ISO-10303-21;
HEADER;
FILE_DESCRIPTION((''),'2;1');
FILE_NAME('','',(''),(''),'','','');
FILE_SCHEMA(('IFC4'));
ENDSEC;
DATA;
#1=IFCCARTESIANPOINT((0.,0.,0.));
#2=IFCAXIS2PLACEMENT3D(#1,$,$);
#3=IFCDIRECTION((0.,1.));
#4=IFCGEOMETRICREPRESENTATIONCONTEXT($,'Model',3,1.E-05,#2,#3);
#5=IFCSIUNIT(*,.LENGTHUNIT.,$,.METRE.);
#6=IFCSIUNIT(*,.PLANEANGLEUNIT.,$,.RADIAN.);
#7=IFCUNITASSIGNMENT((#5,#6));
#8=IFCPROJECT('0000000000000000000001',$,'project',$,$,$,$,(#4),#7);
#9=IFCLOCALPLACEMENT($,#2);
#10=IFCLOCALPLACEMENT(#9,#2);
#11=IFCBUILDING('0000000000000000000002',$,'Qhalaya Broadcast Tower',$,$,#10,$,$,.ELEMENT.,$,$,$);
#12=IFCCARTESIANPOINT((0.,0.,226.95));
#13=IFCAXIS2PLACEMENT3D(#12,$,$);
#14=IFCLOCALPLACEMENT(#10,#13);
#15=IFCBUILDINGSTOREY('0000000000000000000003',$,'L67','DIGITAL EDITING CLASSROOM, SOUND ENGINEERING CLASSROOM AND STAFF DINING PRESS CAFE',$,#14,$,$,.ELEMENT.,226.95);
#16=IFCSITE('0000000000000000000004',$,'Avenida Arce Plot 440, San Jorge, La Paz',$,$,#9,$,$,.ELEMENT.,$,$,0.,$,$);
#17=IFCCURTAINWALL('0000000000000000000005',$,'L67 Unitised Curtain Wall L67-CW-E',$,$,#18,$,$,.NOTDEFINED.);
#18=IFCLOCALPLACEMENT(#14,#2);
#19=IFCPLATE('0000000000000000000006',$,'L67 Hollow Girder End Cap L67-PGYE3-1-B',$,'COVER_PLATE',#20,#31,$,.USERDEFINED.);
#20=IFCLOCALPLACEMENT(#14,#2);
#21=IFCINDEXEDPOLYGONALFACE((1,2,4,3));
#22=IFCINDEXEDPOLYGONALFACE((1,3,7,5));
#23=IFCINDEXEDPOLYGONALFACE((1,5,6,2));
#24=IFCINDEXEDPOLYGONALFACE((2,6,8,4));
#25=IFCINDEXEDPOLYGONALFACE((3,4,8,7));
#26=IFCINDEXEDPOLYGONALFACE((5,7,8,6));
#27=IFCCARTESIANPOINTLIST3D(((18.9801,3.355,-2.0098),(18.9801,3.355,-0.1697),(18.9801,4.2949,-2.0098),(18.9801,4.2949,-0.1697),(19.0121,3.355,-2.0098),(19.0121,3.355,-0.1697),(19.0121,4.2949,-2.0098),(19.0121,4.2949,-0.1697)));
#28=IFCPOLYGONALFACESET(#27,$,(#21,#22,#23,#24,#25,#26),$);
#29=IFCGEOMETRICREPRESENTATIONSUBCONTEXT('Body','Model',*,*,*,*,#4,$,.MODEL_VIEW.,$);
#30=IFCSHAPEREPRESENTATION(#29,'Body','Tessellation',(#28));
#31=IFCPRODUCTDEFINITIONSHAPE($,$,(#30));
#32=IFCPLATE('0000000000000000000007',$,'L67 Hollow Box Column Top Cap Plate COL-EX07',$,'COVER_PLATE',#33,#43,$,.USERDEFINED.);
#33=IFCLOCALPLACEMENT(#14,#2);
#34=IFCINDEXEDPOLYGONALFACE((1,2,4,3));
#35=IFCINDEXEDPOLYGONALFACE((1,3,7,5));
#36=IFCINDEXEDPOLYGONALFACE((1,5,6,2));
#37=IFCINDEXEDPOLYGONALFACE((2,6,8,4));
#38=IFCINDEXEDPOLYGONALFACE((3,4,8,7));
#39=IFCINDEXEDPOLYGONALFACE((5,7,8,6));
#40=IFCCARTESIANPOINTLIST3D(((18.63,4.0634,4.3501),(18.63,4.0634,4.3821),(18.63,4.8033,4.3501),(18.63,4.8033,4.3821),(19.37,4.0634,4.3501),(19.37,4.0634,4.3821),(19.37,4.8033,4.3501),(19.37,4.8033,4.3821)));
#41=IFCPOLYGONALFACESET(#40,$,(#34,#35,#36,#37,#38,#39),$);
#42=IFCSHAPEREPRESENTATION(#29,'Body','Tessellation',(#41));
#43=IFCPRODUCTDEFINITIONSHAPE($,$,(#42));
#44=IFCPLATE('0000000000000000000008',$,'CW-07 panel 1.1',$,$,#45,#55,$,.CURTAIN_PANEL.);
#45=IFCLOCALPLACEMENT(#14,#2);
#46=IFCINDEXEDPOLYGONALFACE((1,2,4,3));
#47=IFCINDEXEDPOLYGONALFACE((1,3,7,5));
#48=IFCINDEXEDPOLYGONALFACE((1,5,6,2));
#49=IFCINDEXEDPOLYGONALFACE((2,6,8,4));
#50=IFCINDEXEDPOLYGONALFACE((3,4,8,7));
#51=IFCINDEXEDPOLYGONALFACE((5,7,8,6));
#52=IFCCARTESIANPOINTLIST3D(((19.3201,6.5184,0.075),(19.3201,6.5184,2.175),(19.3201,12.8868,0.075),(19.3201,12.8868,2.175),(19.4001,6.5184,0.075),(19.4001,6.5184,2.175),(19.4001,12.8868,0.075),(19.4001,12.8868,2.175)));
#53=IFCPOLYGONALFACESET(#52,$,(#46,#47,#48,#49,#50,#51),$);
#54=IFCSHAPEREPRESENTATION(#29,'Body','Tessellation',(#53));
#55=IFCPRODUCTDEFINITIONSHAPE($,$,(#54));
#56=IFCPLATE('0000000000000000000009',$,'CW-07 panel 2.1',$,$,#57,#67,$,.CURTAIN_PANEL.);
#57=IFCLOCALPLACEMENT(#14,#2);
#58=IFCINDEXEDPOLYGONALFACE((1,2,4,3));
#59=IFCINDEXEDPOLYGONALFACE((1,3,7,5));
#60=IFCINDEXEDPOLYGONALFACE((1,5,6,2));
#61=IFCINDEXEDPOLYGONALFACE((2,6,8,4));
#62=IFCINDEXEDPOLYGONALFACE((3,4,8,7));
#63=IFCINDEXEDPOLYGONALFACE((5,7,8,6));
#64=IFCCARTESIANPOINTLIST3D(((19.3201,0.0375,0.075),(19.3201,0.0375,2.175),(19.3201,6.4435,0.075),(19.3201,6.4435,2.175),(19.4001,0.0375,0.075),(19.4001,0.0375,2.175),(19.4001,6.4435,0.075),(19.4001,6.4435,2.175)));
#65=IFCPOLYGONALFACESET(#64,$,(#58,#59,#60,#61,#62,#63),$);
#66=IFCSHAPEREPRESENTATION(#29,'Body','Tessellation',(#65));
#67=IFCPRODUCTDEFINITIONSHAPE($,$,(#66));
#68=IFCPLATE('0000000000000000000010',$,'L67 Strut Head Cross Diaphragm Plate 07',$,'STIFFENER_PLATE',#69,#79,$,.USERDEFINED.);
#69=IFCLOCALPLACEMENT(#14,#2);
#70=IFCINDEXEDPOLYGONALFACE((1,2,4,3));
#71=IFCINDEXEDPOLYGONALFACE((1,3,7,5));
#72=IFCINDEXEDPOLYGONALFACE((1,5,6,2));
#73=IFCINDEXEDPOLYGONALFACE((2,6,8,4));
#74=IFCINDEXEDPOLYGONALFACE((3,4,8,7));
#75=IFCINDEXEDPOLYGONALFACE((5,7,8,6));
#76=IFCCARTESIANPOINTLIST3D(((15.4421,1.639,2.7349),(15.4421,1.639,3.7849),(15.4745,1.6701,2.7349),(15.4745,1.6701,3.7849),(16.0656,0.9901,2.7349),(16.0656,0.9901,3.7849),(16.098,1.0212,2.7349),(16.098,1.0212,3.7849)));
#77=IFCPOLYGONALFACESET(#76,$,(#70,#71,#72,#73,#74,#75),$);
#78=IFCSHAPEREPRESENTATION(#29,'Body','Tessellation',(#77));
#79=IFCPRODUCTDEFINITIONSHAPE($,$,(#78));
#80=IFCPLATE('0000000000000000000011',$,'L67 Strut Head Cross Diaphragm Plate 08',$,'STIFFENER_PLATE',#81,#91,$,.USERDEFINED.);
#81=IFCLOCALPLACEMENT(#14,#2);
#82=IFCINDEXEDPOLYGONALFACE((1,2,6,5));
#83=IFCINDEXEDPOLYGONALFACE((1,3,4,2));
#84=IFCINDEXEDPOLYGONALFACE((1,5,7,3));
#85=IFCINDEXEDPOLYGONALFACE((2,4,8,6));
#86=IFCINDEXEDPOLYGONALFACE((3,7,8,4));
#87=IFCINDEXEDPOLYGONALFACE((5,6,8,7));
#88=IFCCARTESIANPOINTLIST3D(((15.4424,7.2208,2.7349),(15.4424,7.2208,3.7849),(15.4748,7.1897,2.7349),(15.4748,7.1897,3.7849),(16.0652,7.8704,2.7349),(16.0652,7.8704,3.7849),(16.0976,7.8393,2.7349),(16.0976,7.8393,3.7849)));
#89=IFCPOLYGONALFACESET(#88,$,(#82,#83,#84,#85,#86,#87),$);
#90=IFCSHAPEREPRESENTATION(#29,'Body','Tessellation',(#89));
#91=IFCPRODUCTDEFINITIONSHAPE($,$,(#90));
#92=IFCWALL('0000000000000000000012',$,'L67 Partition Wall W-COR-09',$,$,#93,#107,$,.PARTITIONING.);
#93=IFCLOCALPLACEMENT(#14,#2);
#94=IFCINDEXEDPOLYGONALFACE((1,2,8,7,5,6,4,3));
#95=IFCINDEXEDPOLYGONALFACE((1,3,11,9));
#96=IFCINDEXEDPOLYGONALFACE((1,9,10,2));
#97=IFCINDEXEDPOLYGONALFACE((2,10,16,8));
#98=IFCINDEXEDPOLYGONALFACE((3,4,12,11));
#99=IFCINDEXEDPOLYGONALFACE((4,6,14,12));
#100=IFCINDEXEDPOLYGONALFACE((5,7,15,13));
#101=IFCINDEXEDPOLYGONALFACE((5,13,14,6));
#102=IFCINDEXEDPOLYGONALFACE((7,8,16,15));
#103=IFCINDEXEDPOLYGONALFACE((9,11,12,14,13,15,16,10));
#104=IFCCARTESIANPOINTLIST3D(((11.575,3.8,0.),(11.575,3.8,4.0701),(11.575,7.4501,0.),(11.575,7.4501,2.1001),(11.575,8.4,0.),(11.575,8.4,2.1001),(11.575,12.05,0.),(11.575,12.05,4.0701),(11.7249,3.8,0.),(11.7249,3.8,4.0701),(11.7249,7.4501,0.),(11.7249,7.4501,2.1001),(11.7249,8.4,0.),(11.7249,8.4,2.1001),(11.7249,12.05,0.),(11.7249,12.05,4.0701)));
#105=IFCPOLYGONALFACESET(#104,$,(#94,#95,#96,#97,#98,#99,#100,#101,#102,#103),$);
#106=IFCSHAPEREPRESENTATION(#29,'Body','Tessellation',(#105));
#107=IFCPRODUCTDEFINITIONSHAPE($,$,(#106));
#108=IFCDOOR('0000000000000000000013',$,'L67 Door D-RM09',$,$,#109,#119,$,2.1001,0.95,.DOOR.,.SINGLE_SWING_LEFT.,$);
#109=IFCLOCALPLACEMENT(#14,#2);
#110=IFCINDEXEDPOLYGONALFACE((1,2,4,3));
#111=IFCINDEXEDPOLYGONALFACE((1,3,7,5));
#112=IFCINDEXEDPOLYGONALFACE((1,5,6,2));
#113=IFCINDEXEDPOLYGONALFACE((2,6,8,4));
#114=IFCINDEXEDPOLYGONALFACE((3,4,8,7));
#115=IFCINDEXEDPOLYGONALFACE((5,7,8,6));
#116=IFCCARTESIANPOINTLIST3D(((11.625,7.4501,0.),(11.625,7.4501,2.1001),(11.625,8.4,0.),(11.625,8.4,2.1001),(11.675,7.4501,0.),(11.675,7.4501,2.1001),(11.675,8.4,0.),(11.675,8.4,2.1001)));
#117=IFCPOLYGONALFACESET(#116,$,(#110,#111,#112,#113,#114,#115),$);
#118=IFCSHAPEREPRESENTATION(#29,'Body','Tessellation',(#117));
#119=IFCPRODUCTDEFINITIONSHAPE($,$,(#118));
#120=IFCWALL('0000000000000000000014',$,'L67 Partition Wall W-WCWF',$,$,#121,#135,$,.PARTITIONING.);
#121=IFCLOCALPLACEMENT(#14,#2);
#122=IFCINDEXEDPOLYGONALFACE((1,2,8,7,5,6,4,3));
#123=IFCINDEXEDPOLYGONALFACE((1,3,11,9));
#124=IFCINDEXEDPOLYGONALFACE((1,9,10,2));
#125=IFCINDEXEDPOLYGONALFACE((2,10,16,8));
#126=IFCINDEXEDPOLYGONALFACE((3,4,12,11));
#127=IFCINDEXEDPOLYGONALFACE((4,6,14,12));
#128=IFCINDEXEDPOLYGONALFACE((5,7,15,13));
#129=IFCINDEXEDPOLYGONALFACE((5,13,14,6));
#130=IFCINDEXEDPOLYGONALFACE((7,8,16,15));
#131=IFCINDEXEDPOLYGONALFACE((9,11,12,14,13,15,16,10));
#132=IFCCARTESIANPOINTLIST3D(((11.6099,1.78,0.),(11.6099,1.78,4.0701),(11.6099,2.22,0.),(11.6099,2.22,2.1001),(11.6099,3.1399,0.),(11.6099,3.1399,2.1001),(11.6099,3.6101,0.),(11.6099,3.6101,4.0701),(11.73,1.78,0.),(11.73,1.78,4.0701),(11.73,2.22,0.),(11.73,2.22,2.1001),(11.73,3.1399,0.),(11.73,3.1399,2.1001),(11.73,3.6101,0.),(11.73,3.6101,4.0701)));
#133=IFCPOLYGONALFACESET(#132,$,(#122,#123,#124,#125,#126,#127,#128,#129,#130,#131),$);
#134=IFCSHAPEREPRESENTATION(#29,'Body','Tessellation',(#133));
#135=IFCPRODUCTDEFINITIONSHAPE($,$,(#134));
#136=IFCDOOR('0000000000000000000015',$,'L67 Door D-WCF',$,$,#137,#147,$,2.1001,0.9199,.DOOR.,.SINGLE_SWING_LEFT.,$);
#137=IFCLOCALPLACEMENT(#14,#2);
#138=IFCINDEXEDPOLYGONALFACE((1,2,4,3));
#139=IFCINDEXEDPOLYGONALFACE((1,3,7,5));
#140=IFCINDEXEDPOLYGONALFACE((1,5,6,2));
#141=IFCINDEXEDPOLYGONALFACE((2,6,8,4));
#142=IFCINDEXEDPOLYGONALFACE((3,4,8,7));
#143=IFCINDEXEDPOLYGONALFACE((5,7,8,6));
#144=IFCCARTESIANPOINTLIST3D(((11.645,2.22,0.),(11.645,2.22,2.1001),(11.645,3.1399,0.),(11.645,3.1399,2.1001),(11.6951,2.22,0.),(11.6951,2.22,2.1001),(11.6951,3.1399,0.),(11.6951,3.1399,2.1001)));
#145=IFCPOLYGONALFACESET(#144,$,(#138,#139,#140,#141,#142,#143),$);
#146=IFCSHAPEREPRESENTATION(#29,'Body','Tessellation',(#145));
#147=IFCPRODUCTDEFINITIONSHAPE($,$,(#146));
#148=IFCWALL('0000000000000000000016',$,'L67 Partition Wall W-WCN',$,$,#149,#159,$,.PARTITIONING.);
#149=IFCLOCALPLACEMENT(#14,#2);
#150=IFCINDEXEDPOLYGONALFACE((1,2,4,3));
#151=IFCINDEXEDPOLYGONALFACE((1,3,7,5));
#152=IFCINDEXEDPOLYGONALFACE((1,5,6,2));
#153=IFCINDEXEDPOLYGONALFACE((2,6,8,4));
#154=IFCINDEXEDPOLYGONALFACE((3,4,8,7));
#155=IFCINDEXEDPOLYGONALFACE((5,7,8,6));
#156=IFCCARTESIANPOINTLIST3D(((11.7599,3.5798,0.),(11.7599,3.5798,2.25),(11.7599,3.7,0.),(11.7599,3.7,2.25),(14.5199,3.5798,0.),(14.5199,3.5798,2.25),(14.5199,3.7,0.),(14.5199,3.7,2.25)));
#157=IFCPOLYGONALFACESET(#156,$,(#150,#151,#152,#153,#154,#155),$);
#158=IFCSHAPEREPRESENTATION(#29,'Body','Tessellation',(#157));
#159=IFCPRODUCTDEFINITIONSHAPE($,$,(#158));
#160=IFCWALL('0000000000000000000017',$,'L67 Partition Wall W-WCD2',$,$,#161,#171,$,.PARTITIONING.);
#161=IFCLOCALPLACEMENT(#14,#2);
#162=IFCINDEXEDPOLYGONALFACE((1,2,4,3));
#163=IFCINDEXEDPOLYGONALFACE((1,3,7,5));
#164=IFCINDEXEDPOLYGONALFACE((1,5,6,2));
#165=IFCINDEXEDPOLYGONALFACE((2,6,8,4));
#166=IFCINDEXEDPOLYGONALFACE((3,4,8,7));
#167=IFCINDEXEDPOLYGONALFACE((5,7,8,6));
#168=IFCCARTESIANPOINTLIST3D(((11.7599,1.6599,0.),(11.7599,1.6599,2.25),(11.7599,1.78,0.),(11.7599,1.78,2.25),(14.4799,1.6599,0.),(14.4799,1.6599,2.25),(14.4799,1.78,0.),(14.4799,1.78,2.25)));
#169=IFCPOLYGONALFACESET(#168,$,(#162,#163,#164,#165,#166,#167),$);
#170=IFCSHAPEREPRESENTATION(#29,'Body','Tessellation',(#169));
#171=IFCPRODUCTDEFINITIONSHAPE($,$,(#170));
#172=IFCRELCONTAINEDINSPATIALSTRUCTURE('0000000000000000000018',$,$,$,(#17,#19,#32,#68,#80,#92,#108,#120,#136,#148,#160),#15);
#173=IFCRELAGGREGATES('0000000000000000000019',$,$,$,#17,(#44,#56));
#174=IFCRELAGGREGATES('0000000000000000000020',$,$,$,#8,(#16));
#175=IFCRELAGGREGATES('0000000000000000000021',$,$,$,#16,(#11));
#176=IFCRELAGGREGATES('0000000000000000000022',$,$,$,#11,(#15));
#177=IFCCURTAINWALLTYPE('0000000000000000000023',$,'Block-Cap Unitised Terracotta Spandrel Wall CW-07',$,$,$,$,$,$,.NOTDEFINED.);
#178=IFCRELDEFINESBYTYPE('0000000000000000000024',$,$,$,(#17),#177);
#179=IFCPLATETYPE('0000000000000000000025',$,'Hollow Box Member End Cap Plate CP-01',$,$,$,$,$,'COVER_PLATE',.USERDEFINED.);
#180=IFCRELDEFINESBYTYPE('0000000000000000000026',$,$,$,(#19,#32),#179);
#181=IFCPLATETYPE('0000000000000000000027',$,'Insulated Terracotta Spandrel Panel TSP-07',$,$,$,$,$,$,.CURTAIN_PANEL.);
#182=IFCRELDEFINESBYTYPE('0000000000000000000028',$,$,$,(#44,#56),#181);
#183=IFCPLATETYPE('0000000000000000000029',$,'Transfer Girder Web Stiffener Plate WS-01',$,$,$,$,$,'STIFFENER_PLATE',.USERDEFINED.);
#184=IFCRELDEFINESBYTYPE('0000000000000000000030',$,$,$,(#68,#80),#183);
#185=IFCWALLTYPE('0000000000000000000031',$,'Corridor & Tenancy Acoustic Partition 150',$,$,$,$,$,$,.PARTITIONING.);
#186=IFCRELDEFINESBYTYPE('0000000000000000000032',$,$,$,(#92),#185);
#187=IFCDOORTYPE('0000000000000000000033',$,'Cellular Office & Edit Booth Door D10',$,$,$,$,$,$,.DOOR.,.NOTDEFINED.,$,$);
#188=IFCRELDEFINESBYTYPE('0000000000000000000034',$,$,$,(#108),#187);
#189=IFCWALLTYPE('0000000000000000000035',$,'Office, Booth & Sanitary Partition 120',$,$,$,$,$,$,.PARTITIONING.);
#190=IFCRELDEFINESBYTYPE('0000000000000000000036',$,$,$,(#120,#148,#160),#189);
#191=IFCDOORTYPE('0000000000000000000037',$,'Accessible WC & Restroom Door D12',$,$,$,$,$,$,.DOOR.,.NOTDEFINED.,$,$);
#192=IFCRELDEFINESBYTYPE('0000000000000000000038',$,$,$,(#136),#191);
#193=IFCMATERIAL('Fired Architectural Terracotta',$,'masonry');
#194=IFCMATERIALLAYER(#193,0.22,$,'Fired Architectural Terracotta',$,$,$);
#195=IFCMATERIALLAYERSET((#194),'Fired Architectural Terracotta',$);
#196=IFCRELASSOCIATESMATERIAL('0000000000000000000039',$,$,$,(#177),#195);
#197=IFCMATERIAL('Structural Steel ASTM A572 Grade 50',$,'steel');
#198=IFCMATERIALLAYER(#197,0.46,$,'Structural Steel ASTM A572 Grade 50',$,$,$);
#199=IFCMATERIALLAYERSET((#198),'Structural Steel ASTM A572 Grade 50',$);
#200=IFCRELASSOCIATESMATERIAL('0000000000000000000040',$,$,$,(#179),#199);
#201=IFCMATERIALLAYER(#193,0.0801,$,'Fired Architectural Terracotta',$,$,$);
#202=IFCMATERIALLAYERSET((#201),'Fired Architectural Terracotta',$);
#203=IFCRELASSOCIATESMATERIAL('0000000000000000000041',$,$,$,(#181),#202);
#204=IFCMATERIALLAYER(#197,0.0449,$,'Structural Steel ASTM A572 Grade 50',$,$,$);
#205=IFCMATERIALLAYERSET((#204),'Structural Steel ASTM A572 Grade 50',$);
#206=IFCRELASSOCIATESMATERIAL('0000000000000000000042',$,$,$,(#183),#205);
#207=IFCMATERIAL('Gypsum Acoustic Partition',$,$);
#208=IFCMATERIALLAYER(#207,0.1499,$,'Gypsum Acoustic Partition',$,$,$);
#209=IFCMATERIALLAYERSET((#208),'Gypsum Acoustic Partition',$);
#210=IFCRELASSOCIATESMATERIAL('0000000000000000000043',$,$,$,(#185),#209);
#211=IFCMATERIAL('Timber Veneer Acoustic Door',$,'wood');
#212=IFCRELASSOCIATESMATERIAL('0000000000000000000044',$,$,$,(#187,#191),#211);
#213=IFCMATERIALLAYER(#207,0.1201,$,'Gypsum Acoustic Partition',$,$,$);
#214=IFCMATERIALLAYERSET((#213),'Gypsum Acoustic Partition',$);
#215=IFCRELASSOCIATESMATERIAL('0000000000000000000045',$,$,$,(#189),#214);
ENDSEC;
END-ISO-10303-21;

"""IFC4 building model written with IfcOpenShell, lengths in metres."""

from ifc_helpers import new_model, si_unit, direction, frame, frame_2d, origin, origin_2d, place, context, subcontext, project, spatial, rectangle, extrude, material, layer, layer_set, type_object, element, fill, aggregate, save


model = new_model("IFC4")

# Units and contexts
model_context = context("Model", 3, precision=1e-05, world=origin(), true_north=direction((0.0, 1.0)))
body_context = subcontext(model_context, "Body", "Model", "MODEL_VIEW")
ifc_project = project(units=[si_unit("LENGTHUNIT", "METRE"), si_unit("PLANEANGLEUNIT", "RADIAN")], contexts=[model_context])

# Site, building, storey
site_placement = place(None, origin())
site = spatial("IfcSite", under=ifc_project, at=site_placement, Name="Avenida Arce Plot 440, San Jorge, La Paz", CompositionType="ELEMENT", RefElevation=0.0)
building_placement = place(site_placement, origin())
building = spatial("IfcBuilding", under=site, at=building_placement, Name="Qhalaya Broadcast Tower", CompositionType="ELEMENT")
storey_placement = place(building_placement, frame((0.0, 0.0, 226.95)))
storey = spatial("IfcBuildingStorey", under=building, at=storey_placement, Name="L67", Description="DIGITAL EDITING CLASSROOM, SOUND ENGINEERING CLASSROOM AND STAFF DINING PRESS CAFE", CompositionType="ELEMENT", Elevation=226.95)

# Shared definitions
ifc_material_1 = material(Name="Structural Steel ASTM A572 Grade 50", Category="steel")

# Curtain wall
ifc_material_2 = material(Name="Fired Architectural Terracotta", Category="masonry")
ifc_layer_1 = layer(ifc_material_2, 0.22, Name="Fired Architectural Terracotta")
ifc_layer_set_1 = layer_set([ifc_layer_1], Name="Fired Architectural Terracotta")
curtain_wall_type = type_object("IfcCurtainWallType", Name="Block-Cap Unitised Terracotta Spandrel Wall CW-07", PredefinedType="NOTDEFINED", material=ifc_layer_set_1)
curtain_wall_placement = place(storey_placement, origin())
curtain_wall = element("IfcCurtainWall", 1, at=curtain_wall_placement, inside=storey, type_object=curtain_wall_type, Name="L67 Unitised Curtain Wall L67-CW-E", PredefinedType="NOTDEFINED")

# Plates
ifc_layer_2 = layer(ifc_material_1, 0.46, Name="Structural Steel ASTM A572 Grade 50")
ifc_layer_set_2 = layer_set([ifc_layer_2], Name="Structural Steel ASTM A572 Grade 50")
plate_type_1 = type_object("IfcPlateType", Name="Hollow Box Member End Cap Plate CP-01", ElementType="COVER_PLATE", PredefinedType="USERDEFINED", material=ifc_layer_set_2)
for number, where, z_axis, x_axis, name in (
    (2, (18.9961, 3.825, -2.0098), (0.0, 0.0, 1.0), (0.0, 1.0, 0.0), "L67 Hollow Girder End Cap L67-PGYE3-1-B"),
):
    element("IfcPlate", number, at=place(storey_placement, frame(where, z_axis=z_axis, x_axis=x_axis)), inside=storey, type_object=plate_type_1, Name=name, ObjectType="COVER_PLATE", PredefinedType="USERDEFINED", context=body_context, shape_type="SweptSolid", body=[
        extrude(rectangle(XDim=0.9399, YDim=0.032, at=origin_2d()), origin(), (0.0, 0.0, 1.0), 1.8401),
    ])
plate_1_placement = place(storey_placement, frame((19.0, 4.4333, 4.3501), z_axis=(0.0, 0.0, 1.0), x_axis=(0.0, 1.0, 0.0)))
element("IfcPlate", 3, at=plate_1_placement, inside=storey, type_object=plate_type_1, Name="L67 Hollow Box Column Top Cap Plate COL-EX07", ObjectType="COVER_PLATE", PredefinedType="USERDEFINED", context=body_context, shape_type="SweptSolid", body=[
    extrude(rectangle(XDim=0.74, YDim=0.74, at=origin_2d()), origin(), (0.0, 0.0, 1.0), 0.032),
])

# Plates
ifc_layer_3 = layer(ifc_material_2, 0.0801, Name="Fired Architectural Terracotta")
ifc_layer_set_3 = layer_set([ifc_layer_3], Name="Fired Architectural Terracotta")
plate_type_2 = type_object("IfcPlateType", Name="Insulated Terracotta Spandrel Panel TSP-07", PredefinedType="CURTAIN_PANEL", material=ifc_layer_set_3)
plate_2_placement = place(storey_placement, frame((19.3601, 9.7026, 0.075), z_axis=(0.0, 0.0, 1.0), x_axis=(0.0, -1.0, 0.0)))
plate_2 = element("IfcPlate", 4, at=plate_2_placement, type_object=plate_type_2, Name="CW-07 panel 1.1", PredefinedType="CURTAIN_PANEL", context=body_context, shape_type="SweptSolid", body=[
    extrude(rectangle(XDim=6.3684, YDim=0.0801, at=origin_2d()), origin(), (0.0, 0.0, 1.0), 2.1001),
])
plate_3_placement = place(storey_placement, frame((19.3601, 3.2405, 0.075), z_axis=(0.0, 0.0, 1.0), x_axis=(0.0, -1.0, 0.0)))
plate_3 = element("IfcPlate", 5, at=plate_3_placement, type_object=plate_type_2, Name="CW-07 panel 2.1", PredefinedType="CURTAIN_PANEL", context=body_context, shape_type="SweptSolid", body=[
    extrude(rectangle(XDim=6.406, YDim=0.0801, at=origin_2d()), origin(), (0.0, 0.0, 1.0), 2.1001),
])
aggregate(curtain_wall, [plate_2, plate_3])

# Plates
ifc_layer_4 = layer(ifc_material_1, 0.0449, Name="Structural Steel ASTM A572 Grade 50")
ifc_layer_set_4 = layer_set([ifc_layer_4], Name="Structural Steel ASTM A572 Grade 50")
plate_type_3 = type_object("IfcPlateType", Name="Transfer Girder Web Stiffener Plate WS-01", ElementType="STIFFENER_PLATE", PredefinedType="USERDEFINED", material=ifc_layer_set_4)
for number, where, z_axis, x_axis, name in (
    (6, (15.77, 1.3301, 2.7349), (0.0, 0.0, 1.0), (0.692823, -0.721108, 0.0), "L67 Strut Head Cross Diaphragm Plate 07"),
    (7, (15.77, 7.53, 2.7349), (0.0, 0.0, 1.0), (-0.692055, -0.721845, 0.0), "L67 Strut Head Cross Diaphragm Plate 08"),
):
    element("IfcPlate", number, at=place(storey_placement, frame(where, z_axis=z_axis, x_axis=x_axis)), inside=storey, type_object=plate_type_3, Name=name, ObjectType="STIFFENER_PLATE", PredefinedType="USERDEFINED", context=body_context, shape_type="SweptSolid", body=[
        extrude(rectangle(XDim=0.8999, YDim=0.0449, at=origin_2d()), origin(), (0.0, 0.0, 1.0), 1.05),
    ])

# Walls, openings, doors
ifc_material_3 = material(Name="Gypsum Acoustic Partition")
ifc_layer_5 = layer(ifc_material_3, 0.1499, Name="Gypsum Acoustic Partition")
ifc_layer_set_5 = layer_set([ifc_layer_5], Name="Gypsum Acoustic Partition")
wall_type_1 = type_object("IfcWallType", Name="Corridor & Tenancy Acoustic Partition 150", PredefinedType="PARTITIONING", material=ifc_layer_set_5)
wall_1_placement = place(storey_placement, frame((11.6499, 3.8, 0.0), z_axis=(0.0, 0.0, 1.0), x_axis=(0.0, 1.0, 0.0)))
wall_1 = element("IfcWall", 8, at=wall_1_placement, inside=storey, type_object=wall_type_1, Name="L67 Partition Wall W-COR-09", PredefinedType="PARTITIONING", context=body_context, shape_type="SweptSolid", body=[
    extrude(rectangle(XDim=8.25, YDim=0.1499, at=frame_2d((4.125, 0.0))), origin(), (0.0, 0.0, 1.0), 4.0701),
])
opening_1_placement = place(wall_1_placement, frame((3.6499, 0.0, 0.0)))
opening_1 = element("IfcOpeningElement", 9, at=opening_1_placement, cuts=wall_1, PredefinedType="OPENING", context=body_context, shape_type="SweptSolid", body=[
    extrude(rectangle(XDim=0.95, YDim=2.1001, at=frame_2d((0.4751, 1.05))), frame((0.0, 0.0869, 0.0), z_axis=(0.0, -1.0, 0.0), x_axis=(1.0, 0.0, 0.0)), (0.0, 0.0, 1.0), 0.1738),
])
ifc_material_4 = material(Name="Timber Veneer Acoustic Door", Category="wood")
door_type_1 = type_object("IfcDoorType", Name="Cellular Office & Edit Booth Door D10", OperationType="NOTDEFINED", PredefinedType="DOOR", material=ifc_material_4)
door_1_placement = place(opening_1_placement, origin())
door_1 = element("IfcDoor", 10, at=door_1_placement, inside=storey, type_object=door_type_1, Name="L67 Door D-RM09", OperationType="SINGLE_SWING_LEFT", OverallHeight=2.1001, OverallWidth=0.95, PredefinedType="DOOR", context=body_context, shape_type="SweptSolid", body=[
    extrude(rectangle(XDim=0.95, YDim=2.1001, at=frame_2d((0.4751, 1.05))), frame((0.0, 0.0249, 0.0), z_axis=(0.0, -1.0, 0.0), x_axis=(1.0, 0.0, 0.0)), (0.0, 0.0, 1.0), 0.05),
])
fill(opening_1, door_1)
ifc_layer_6 = layer(ifc_material_3, 0.1201, Name="Gypsum Acoustic Partition")
ifc_layer_set_6 = layer_set([ifc_layer_6], Name="Gypsum Acoustic Partition")
wall_type_2 = type_object("IfcWallType", Name="Office, Booth & Sanitary Partition 120", PredefinedType="PARTITIONING", material=ifc_layer_set_6)
wall_2_placement = place(storey_placement, frame((11.6699, 1.78, 0.0), z_axis=(0.0, 0.0, 1.0), x_axis=(0.0, 1.0, 0.0)))
wall_2 = element("IfcWall", 11, at=wall_2_placement, inside=storey, type_object=wall_type_2, Name="L67 Partition Wall W-WCWF", PredefinedType="PARTITIONING", context=body_context, shape_type="SweptSolid", body=[
    extrude(rectangle(XDim=1.8301, YDim=0.1201, at=frame_2d((0.915, 0.0))), origin(), (0.0, 0.0, 1.0), 4.0701),
])
opening_2_placement = place(wall_2_placement, frame((0.4399, 0.0, 0.0)))
opening_2 = element("IfcOpeningElement", 12, at=opening_2_placement, cuts=wall_2, PredefinedType="OPENING", context=body_context, shape_type="SweptSolid", body=[
    extrude(rectangle(XDim=0.9199, YDim=2.1001, at=frame_2d((0.46, 1.05))), frame((0.0, 0.072, 0.0), z_axis=(0.0, -1.0, 0.0), x_axis=(1.0, 0.0, 0.0)), (0.0, 0.0, 1.0), 0.144),
])
door_type_2 = type_object("IfcDoorType", Name="Accessible WC & Restroom Door D12", OperationType="NOTDEFINED", PredefinedType="DOOR", material=ifc_material_4)
door_2_placement = place(opening_2_placement, origin())
door_2 = element("IfcDoor", 13, at=door_2_placement, inside=storey, type_object=door_type_2, Name="L67 Door D-WCF", OperationType="SINGLE_SWING_LEFT", OverallHeight=2.1001, OverallWidth=0.9199, PredefinedType="DOOR", context=body_context, shape_type="SweptSolid", body=[
    extrude(rectangle(XDim=0.9199, YDim=2.1001, at=frame_2d((0.46, 1.05))), frame((0.0, 0.0249, 0.0), z_axis=(0.0, -1.0, 0.0), x_axis=(1.0, 0.0, 0.0)), (0.0, 0.0, 1.0), 0.05),
])
fill(opening_2, door_2)

# Walls
wall_3_placement = place(storey_placement, frame((11.76, 3.6399, 0.0), z_axis=(0.0, 0.0, 1.0), x_axis=(1.0, 0.0, 0.0)))
element("IfcWall", 14, at=wall_3_placement, inside=storey, type_object=wall_type_2, Name="L67 Partition Wall W-WCN", PredefinedType="PARTITIONING", context=body_context, shape_type="SweptSolid", body=[
    extrude(rectangle(XDim=2.76, YDim=0.1201, at=frame_2d((1.3799, 0.0))), origin(), (0.0, 0.0, 1.0), 2.25),
])
wall_4_placement = place(storey_placement, frame((11.76, 1.72, 0.0), z_axis=(0.0, 0.0, 1.0), x_axis=(1.0, 0.0, 0.0)))
element("IfcWall", 15, at=wall_4_placement, inside=storey, type_object=wall_type_2, Name="L67 Partition Wall W-WCD2", PredefinedType="PARTITIONING", context=body_context, shape_type="SweptSolid", body=[
    extrude(rectangle(XDim=2.72, YDim=0.1201, at=frame_2d((1.3599, 0.0))), origin(), (0.0, 0.0, 1.0), 2.25),
])

save(model, "model.ifc")
